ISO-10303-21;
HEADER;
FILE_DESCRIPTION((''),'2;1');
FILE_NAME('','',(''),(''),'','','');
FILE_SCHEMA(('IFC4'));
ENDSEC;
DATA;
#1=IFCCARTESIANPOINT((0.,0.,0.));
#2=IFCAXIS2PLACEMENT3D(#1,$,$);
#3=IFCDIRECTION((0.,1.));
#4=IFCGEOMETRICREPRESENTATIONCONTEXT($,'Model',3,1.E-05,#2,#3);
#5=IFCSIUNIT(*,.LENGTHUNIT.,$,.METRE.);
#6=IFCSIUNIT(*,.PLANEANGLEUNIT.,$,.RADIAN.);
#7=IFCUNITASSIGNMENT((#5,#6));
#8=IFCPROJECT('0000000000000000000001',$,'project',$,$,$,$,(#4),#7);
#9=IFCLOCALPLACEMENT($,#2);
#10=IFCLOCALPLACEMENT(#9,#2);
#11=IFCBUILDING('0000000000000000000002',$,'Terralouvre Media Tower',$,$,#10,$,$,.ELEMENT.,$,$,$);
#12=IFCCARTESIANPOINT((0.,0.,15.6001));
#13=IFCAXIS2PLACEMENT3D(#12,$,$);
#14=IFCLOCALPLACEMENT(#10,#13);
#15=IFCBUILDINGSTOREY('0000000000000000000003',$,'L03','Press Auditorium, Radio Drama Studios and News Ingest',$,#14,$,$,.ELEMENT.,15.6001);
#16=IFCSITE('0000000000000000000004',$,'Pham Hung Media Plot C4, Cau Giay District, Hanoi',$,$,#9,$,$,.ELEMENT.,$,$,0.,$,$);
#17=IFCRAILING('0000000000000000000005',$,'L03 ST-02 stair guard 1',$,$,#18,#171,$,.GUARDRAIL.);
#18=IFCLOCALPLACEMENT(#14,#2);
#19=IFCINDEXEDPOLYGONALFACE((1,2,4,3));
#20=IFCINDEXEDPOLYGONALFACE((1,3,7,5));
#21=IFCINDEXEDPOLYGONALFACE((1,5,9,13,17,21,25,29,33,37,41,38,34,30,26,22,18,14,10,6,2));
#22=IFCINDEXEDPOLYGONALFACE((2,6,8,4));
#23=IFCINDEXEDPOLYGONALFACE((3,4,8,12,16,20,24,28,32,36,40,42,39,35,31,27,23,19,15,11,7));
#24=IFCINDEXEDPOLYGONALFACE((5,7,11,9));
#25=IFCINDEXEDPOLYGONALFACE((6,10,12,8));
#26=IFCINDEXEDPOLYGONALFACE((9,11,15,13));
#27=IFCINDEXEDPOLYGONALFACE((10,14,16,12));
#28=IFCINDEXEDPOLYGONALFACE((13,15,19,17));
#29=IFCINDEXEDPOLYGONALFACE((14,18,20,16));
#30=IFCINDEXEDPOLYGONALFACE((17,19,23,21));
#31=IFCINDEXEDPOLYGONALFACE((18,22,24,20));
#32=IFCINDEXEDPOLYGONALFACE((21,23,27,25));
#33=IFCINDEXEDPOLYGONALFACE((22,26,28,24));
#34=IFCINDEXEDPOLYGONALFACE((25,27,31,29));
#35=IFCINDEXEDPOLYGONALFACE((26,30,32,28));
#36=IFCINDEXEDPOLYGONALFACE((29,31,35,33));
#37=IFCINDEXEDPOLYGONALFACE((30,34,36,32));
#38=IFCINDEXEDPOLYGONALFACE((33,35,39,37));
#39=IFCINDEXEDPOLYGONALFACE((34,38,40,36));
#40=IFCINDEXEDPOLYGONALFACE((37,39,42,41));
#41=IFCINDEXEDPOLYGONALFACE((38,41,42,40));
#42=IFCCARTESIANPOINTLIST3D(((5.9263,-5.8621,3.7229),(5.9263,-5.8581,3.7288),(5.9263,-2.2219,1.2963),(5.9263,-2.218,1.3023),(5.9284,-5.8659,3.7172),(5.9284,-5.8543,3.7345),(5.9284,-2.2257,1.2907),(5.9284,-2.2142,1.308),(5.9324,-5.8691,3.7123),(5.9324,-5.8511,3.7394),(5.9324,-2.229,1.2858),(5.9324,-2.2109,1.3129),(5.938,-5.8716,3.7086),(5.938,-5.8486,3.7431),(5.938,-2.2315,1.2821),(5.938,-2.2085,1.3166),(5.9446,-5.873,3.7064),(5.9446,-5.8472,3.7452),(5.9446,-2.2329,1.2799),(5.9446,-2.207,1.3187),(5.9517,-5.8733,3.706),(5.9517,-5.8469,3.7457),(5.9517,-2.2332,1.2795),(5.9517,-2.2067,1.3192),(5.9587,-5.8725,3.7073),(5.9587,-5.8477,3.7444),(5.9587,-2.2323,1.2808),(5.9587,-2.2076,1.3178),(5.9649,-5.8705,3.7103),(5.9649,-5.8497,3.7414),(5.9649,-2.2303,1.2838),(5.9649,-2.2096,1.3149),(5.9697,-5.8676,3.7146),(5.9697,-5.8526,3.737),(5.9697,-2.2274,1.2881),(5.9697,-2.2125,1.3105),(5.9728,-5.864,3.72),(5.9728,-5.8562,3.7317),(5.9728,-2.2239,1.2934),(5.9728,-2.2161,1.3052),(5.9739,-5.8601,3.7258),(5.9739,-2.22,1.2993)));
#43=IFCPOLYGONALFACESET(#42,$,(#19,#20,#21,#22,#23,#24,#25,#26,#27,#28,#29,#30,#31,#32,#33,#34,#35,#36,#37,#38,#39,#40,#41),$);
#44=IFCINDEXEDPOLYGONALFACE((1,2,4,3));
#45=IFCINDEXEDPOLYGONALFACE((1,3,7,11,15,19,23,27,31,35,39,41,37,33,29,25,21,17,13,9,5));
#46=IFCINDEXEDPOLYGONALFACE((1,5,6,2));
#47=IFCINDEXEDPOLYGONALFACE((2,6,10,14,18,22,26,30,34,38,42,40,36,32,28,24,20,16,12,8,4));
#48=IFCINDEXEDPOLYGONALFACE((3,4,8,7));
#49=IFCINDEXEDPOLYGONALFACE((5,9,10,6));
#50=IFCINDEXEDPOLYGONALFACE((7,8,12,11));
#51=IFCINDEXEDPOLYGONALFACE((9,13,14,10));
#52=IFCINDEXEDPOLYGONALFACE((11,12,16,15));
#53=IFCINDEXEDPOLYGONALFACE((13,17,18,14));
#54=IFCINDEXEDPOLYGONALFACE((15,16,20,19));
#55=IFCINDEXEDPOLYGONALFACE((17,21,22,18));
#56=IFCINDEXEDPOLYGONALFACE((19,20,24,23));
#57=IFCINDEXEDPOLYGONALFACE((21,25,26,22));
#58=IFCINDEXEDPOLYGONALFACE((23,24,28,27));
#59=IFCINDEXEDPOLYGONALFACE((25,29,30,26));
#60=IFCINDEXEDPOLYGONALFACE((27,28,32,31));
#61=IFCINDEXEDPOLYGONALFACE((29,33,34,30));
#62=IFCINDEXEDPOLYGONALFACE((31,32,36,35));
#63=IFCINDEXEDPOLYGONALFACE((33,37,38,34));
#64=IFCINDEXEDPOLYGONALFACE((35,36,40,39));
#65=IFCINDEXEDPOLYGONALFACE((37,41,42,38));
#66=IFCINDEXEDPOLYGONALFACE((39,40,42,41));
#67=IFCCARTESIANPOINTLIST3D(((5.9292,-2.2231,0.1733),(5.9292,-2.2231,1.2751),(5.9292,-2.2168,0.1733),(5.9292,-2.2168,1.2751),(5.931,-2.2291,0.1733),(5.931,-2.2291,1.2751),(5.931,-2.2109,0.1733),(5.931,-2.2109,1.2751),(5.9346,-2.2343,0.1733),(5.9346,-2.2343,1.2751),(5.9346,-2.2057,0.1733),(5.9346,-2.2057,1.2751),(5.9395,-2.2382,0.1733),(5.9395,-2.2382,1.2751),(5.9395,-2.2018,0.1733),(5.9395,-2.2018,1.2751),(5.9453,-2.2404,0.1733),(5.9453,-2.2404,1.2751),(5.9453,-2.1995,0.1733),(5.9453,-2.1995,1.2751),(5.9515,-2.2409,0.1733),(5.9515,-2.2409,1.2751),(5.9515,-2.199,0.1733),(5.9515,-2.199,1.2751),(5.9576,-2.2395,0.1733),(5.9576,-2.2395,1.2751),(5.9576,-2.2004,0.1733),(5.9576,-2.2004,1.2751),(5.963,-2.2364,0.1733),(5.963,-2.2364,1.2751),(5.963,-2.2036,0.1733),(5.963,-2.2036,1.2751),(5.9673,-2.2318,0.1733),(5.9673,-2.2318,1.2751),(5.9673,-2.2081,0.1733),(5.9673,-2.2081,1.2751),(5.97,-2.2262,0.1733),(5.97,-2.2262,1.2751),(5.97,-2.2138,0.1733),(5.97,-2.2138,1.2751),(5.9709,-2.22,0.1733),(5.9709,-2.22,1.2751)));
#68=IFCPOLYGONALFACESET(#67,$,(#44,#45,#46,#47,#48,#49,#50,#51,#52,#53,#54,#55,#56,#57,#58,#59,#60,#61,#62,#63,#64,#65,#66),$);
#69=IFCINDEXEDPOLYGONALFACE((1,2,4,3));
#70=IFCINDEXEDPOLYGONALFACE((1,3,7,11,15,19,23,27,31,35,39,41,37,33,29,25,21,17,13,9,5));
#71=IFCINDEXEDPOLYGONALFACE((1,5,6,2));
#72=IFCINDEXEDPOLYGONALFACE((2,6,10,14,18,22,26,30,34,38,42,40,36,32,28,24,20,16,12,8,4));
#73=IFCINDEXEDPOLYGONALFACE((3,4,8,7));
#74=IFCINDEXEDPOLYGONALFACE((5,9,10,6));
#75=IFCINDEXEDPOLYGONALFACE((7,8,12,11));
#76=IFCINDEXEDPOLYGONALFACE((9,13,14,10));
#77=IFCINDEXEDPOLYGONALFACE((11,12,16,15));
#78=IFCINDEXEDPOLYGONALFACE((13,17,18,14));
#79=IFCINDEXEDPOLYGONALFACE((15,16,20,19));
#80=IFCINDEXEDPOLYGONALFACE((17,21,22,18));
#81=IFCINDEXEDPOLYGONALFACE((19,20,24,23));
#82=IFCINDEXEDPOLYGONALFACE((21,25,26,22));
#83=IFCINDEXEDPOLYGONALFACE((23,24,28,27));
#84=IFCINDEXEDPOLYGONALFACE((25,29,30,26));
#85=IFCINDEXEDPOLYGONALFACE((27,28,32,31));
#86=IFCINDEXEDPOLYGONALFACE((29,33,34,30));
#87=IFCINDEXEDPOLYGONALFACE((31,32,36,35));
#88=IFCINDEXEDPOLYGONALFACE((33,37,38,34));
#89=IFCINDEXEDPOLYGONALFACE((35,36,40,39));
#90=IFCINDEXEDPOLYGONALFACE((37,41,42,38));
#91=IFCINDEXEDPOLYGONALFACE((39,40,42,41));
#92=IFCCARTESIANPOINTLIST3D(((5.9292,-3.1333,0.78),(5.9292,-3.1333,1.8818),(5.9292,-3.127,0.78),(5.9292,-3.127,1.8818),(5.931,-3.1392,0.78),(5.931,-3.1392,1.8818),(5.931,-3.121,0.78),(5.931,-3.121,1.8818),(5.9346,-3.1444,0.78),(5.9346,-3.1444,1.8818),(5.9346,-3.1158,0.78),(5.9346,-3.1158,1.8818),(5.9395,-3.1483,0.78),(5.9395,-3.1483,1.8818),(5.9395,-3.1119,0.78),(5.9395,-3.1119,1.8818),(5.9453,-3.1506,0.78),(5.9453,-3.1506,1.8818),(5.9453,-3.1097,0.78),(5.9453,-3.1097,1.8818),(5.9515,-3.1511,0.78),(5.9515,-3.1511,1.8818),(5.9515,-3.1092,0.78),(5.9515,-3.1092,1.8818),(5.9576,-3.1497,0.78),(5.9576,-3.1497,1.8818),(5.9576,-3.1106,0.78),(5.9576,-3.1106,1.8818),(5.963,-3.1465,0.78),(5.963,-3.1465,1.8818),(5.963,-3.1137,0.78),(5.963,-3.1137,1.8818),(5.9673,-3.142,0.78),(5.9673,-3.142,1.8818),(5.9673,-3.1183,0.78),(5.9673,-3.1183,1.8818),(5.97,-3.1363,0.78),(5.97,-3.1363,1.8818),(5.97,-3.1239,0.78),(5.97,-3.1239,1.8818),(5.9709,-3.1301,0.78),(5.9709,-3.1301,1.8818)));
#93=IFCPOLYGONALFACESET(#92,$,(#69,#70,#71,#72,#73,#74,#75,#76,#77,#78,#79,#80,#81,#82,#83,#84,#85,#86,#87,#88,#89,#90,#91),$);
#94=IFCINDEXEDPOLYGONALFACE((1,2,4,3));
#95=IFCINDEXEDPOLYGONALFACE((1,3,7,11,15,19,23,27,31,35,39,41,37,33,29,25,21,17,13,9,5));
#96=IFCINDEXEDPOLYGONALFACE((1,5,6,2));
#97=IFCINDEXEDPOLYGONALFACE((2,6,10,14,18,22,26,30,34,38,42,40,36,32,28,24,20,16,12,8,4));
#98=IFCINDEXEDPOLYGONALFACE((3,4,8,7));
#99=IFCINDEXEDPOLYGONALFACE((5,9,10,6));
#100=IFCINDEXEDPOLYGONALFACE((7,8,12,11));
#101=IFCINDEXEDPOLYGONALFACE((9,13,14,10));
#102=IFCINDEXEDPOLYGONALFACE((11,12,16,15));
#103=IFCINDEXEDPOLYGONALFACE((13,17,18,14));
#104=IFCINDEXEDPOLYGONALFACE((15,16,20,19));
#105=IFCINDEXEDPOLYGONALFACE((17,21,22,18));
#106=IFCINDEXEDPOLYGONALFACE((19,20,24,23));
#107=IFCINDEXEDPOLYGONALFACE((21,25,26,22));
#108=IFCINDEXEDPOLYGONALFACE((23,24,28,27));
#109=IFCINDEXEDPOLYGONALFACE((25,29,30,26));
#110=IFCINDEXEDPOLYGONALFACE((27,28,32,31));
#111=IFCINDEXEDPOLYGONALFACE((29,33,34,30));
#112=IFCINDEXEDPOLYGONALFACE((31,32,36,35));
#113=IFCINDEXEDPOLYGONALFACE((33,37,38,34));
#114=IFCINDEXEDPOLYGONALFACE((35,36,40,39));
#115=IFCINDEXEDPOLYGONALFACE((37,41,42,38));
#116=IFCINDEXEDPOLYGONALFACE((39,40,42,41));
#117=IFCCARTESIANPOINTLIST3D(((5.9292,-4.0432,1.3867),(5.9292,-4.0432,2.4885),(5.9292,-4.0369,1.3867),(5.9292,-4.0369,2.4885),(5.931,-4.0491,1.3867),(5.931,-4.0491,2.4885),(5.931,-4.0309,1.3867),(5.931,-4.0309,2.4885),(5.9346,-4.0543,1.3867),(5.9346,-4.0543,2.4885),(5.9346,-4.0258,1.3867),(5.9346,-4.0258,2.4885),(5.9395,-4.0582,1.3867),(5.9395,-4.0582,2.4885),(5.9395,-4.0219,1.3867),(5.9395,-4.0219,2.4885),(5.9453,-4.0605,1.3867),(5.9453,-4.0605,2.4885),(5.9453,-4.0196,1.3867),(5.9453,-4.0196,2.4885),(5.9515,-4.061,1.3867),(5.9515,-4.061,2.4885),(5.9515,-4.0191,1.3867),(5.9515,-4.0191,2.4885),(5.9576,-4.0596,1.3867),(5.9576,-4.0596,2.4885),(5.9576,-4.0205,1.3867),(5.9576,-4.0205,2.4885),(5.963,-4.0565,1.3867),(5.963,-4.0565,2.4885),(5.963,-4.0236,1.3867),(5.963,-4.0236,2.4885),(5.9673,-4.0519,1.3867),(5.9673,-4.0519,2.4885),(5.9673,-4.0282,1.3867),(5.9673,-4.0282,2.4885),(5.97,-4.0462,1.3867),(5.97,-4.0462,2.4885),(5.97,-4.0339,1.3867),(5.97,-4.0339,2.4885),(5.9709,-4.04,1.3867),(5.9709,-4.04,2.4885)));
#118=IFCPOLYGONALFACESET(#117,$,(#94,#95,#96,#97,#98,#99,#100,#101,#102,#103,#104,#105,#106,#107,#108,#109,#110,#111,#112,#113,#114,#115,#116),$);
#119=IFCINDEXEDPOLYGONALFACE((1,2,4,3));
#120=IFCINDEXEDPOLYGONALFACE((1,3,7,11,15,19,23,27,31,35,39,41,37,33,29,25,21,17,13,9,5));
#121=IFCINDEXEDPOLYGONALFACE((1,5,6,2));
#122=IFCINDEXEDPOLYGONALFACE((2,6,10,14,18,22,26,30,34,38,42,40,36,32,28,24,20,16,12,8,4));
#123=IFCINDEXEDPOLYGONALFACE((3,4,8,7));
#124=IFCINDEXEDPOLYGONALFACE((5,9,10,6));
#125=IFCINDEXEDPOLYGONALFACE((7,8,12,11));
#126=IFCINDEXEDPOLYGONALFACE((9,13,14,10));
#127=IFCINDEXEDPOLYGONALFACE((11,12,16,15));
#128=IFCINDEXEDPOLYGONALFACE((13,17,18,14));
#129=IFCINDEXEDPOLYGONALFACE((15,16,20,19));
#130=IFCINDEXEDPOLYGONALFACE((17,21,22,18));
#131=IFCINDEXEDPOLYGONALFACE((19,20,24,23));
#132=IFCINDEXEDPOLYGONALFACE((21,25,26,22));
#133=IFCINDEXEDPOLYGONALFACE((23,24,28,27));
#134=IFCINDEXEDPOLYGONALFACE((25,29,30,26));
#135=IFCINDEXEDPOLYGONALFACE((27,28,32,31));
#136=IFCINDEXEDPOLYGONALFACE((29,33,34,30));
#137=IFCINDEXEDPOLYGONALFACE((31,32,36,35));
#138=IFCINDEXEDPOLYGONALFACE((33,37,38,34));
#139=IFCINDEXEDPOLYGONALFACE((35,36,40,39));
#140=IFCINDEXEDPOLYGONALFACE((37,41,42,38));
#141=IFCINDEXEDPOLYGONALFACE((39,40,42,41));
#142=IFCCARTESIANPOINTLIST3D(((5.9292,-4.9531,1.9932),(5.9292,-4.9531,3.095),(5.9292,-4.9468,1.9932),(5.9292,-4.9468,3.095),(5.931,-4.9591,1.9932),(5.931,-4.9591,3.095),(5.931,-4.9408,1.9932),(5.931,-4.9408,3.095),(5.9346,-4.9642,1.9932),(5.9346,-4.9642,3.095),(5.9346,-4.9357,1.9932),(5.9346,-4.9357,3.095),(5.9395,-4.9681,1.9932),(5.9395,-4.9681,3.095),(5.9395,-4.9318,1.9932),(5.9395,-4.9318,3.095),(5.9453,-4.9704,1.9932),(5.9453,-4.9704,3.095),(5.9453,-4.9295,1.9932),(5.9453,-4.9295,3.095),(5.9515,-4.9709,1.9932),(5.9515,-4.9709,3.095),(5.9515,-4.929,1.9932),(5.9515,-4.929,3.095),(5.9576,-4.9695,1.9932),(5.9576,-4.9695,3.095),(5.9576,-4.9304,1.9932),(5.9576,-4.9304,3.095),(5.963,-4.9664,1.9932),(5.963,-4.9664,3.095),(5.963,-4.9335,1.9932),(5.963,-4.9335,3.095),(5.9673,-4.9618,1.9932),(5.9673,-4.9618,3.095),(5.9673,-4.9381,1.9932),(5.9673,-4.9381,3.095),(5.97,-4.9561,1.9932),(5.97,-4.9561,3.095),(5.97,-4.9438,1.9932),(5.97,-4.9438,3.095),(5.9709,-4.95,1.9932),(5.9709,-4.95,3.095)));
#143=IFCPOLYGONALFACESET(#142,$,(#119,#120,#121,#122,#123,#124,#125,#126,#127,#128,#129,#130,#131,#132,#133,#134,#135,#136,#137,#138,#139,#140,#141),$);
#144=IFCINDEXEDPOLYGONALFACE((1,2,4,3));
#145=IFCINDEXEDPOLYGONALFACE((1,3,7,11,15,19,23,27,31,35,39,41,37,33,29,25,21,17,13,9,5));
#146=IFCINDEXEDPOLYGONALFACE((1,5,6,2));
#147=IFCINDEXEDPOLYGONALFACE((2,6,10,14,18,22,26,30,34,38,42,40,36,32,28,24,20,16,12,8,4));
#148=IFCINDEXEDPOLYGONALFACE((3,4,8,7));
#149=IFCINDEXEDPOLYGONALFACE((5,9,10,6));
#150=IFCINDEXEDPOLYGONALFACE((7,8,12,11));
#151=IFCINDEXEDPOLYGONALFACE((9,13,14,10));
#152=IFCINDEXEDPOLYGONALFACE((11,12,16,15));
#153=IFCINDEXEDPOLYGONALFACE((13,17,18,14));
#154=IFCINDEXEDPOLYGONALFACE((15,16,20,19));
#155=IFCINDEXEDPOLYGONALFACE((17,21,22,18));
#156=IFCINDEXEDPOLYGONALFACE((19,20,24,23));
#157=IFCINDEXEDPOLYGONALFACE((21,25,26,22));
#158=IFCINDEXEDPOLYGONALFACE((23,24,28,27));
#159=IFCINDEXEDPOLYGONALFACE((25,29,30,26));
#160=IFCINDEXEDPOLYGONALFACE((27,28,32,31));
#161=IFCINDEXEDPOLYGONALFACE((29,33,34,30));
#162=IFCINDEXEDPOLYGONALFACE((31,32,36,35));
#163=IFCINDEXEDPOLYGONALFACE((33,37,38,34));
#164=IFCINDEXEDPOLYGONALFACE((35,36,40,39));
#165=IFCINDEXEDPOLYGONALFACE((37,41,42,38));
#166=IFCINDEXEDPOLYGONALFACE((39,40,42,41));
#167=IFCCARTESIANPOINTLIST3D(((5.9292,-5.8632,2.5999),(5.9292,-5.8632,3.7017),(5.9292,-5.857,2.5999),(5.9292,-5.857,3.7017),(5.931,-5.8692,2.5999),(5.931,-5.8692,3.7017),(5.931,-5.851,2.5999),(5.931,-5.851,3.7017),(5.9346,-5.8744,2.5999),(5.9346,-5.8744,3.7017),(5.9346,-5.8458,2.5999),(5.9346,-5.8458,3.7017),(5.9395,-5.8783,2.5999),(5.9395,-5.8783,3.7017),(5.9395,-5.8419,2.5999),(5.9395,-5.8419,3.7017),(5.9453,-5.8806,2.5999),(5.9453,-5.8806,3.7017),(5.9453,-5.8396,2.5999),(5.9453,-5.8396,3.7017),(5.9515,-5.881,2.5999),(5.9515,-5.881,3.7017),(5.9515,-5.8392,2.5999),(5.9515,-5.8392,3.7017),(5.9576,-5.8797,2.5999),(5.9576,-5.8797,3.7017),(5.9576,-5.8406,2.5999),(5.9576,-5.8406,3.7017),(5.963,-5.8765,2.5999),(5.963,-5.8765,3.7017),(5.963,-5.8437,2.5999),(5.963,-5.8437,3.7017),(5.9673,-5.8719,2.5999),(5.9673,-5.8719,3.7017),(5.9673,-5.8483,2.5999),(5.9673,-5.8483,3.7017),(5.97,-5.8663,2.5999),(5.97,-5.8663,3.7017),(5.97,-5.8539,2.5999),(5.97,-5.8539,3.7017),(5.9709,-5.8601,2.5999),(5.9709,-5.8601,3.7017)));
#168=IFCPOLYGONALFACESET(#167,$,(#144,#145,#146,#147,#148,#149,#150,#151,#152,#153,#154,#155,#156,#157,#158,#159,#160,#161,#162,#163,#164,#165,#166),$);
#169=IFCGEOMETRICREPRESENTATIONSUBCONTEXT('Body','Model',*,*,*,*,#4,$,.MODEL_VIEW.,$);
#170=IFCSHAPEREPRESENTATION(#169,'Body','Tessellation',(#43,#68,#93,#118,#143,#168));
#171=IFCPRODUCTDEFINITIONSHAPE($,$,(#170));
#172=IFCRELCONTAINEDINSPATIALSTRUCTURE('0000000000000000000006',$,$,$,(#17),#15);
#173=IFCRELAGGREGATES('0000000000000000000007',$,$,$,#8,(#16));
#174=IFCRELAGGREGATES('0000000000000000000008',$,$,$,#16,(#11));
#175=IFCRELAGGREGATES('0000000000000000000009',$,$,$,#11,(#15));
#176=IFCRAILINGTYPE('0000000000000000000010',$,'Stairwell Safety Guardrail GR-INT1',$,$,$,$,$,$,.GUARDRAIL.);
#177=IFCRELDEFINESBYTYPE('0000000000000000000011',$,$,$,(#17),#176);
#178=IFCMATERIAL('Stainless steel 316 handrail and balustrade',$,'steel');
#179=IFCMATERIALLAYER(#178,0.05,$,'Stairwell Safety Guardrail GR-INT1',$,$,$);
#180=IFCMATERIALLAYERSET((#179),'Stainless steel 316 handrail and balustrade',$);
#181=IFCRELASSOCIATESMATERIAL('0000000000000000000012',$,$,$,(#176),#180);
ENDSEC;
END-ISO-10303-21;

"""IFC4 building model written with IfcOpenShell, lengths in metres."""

from ifc_helpers import new_model, si_unit, direction, frame, origin, origin_2d, place, context, subcontext, project, spatial, circle, extrude, material, layer, layer_set, type_object, element, save


model = new_model("IFC4")

# Units and contexts
model_context = context("Model", 3, precision=1e-05, world=origin(), true_north=direction((0.0, 1.0)))
body_context = subcontext(model_context, "Body", "Model", "MODEL_VIEW")
ifc_project = project(units=[si_unit("LENGTHUNIT", "METRE"), si_unit("PLANEANGLEUNIT", "RADIAN")], contexts=[model_context])

# Site, building, storey
site_placement = place(None, origin())
site = spatial("IfcSite", under=ifc_project, at=site_placement, Name="Pham Hung Media Plot C4, Cau Giay District, Hanoi", CompositionType="ELEMENT", RefElevation=0.0)
building_placement = place(site_placement, origin())
building = spatial("IfcBuilding", under=site, at=building_placement, Name="Terralouvre Media Tower", CompositionType="ELEMENT")
storey_placement = place(building_placement, frame((0.0, 0.0, 15.6001)))
storey = spatial("IfcBuildingStorey", under=building, at=storey_placement, Name="L03", Description="Press Auditorium, Radio Drama Studios and News Ingest", CompositionType="ELEMENT", Elevation=15.6001)

# Railing
ifc_material_1 = material(Name="Stainless steel 316 handrail and balustrade", Category="steel")
ifc_layer_1 = layer(ifc_material_1, 0.05, Name="Stairwell Safety Guardrail GR-INT1")
ifc_layer_set_1 = layer_set([ifc_layer_1], Name="Stainless steel 316 handrail and balustrade")
railing_type_1 = type_object("IfcRailingType", Name="Stairwell Safety Guardrail GR-INT1", PredefinedType="GUARDRAIL", material=ifc_layer_set_1)
railing_1_placement = place(storey_placement, frame((5.95, -2.22, 0.1733)))
element("IfcRailing", 1, at=railing_1_placement, inside=storey, type_object=railing_type_1, Name="L03 ST-02 stair guard 1", PredefinedType="GUARDRAIL", context=body_context, shape_type="SweptSolid", body=[
    extrude(circle(Radius=0.0239, at=origin_2d()), frame((0.0, 0.0, 1.126), z_axis=(0.0, -0.832076, 0.554662), x_axis=(1.0, 0.0, 0.0)), (0.0, 0.0, 1.0), 4.3748),
    extrude(circle(Radius=0.021, at=origin_2d()), origin(), (0.0, 0.0, 1.0), 1.1018),
    extrude(circle(Radius=0.021, at=origin_2d()), frame((0.0, -0.9102, 0.6067)), (0.0, 0.0, 1.0), 1.1018),
    extrude(circle(Radius=0.021, at=origin_2d()), frame((0.0, -1.8201, 1.2134)), (0.0, 0.0, 1.0), 1.1018),
    extrude(circle(Radius=0.021, at=origin_2d()), frame((0.0, -2.73, 1.8198)), (0.0, 0.0, 1.0), 1.1018),
    extrude(circle(Radius=0.021, at=origin_2d()), frame((0.0, -3.6401, 2.4265)), (0.0, 0.0, 1.0), 1.1018),
])

save(model, "model.ifc")
